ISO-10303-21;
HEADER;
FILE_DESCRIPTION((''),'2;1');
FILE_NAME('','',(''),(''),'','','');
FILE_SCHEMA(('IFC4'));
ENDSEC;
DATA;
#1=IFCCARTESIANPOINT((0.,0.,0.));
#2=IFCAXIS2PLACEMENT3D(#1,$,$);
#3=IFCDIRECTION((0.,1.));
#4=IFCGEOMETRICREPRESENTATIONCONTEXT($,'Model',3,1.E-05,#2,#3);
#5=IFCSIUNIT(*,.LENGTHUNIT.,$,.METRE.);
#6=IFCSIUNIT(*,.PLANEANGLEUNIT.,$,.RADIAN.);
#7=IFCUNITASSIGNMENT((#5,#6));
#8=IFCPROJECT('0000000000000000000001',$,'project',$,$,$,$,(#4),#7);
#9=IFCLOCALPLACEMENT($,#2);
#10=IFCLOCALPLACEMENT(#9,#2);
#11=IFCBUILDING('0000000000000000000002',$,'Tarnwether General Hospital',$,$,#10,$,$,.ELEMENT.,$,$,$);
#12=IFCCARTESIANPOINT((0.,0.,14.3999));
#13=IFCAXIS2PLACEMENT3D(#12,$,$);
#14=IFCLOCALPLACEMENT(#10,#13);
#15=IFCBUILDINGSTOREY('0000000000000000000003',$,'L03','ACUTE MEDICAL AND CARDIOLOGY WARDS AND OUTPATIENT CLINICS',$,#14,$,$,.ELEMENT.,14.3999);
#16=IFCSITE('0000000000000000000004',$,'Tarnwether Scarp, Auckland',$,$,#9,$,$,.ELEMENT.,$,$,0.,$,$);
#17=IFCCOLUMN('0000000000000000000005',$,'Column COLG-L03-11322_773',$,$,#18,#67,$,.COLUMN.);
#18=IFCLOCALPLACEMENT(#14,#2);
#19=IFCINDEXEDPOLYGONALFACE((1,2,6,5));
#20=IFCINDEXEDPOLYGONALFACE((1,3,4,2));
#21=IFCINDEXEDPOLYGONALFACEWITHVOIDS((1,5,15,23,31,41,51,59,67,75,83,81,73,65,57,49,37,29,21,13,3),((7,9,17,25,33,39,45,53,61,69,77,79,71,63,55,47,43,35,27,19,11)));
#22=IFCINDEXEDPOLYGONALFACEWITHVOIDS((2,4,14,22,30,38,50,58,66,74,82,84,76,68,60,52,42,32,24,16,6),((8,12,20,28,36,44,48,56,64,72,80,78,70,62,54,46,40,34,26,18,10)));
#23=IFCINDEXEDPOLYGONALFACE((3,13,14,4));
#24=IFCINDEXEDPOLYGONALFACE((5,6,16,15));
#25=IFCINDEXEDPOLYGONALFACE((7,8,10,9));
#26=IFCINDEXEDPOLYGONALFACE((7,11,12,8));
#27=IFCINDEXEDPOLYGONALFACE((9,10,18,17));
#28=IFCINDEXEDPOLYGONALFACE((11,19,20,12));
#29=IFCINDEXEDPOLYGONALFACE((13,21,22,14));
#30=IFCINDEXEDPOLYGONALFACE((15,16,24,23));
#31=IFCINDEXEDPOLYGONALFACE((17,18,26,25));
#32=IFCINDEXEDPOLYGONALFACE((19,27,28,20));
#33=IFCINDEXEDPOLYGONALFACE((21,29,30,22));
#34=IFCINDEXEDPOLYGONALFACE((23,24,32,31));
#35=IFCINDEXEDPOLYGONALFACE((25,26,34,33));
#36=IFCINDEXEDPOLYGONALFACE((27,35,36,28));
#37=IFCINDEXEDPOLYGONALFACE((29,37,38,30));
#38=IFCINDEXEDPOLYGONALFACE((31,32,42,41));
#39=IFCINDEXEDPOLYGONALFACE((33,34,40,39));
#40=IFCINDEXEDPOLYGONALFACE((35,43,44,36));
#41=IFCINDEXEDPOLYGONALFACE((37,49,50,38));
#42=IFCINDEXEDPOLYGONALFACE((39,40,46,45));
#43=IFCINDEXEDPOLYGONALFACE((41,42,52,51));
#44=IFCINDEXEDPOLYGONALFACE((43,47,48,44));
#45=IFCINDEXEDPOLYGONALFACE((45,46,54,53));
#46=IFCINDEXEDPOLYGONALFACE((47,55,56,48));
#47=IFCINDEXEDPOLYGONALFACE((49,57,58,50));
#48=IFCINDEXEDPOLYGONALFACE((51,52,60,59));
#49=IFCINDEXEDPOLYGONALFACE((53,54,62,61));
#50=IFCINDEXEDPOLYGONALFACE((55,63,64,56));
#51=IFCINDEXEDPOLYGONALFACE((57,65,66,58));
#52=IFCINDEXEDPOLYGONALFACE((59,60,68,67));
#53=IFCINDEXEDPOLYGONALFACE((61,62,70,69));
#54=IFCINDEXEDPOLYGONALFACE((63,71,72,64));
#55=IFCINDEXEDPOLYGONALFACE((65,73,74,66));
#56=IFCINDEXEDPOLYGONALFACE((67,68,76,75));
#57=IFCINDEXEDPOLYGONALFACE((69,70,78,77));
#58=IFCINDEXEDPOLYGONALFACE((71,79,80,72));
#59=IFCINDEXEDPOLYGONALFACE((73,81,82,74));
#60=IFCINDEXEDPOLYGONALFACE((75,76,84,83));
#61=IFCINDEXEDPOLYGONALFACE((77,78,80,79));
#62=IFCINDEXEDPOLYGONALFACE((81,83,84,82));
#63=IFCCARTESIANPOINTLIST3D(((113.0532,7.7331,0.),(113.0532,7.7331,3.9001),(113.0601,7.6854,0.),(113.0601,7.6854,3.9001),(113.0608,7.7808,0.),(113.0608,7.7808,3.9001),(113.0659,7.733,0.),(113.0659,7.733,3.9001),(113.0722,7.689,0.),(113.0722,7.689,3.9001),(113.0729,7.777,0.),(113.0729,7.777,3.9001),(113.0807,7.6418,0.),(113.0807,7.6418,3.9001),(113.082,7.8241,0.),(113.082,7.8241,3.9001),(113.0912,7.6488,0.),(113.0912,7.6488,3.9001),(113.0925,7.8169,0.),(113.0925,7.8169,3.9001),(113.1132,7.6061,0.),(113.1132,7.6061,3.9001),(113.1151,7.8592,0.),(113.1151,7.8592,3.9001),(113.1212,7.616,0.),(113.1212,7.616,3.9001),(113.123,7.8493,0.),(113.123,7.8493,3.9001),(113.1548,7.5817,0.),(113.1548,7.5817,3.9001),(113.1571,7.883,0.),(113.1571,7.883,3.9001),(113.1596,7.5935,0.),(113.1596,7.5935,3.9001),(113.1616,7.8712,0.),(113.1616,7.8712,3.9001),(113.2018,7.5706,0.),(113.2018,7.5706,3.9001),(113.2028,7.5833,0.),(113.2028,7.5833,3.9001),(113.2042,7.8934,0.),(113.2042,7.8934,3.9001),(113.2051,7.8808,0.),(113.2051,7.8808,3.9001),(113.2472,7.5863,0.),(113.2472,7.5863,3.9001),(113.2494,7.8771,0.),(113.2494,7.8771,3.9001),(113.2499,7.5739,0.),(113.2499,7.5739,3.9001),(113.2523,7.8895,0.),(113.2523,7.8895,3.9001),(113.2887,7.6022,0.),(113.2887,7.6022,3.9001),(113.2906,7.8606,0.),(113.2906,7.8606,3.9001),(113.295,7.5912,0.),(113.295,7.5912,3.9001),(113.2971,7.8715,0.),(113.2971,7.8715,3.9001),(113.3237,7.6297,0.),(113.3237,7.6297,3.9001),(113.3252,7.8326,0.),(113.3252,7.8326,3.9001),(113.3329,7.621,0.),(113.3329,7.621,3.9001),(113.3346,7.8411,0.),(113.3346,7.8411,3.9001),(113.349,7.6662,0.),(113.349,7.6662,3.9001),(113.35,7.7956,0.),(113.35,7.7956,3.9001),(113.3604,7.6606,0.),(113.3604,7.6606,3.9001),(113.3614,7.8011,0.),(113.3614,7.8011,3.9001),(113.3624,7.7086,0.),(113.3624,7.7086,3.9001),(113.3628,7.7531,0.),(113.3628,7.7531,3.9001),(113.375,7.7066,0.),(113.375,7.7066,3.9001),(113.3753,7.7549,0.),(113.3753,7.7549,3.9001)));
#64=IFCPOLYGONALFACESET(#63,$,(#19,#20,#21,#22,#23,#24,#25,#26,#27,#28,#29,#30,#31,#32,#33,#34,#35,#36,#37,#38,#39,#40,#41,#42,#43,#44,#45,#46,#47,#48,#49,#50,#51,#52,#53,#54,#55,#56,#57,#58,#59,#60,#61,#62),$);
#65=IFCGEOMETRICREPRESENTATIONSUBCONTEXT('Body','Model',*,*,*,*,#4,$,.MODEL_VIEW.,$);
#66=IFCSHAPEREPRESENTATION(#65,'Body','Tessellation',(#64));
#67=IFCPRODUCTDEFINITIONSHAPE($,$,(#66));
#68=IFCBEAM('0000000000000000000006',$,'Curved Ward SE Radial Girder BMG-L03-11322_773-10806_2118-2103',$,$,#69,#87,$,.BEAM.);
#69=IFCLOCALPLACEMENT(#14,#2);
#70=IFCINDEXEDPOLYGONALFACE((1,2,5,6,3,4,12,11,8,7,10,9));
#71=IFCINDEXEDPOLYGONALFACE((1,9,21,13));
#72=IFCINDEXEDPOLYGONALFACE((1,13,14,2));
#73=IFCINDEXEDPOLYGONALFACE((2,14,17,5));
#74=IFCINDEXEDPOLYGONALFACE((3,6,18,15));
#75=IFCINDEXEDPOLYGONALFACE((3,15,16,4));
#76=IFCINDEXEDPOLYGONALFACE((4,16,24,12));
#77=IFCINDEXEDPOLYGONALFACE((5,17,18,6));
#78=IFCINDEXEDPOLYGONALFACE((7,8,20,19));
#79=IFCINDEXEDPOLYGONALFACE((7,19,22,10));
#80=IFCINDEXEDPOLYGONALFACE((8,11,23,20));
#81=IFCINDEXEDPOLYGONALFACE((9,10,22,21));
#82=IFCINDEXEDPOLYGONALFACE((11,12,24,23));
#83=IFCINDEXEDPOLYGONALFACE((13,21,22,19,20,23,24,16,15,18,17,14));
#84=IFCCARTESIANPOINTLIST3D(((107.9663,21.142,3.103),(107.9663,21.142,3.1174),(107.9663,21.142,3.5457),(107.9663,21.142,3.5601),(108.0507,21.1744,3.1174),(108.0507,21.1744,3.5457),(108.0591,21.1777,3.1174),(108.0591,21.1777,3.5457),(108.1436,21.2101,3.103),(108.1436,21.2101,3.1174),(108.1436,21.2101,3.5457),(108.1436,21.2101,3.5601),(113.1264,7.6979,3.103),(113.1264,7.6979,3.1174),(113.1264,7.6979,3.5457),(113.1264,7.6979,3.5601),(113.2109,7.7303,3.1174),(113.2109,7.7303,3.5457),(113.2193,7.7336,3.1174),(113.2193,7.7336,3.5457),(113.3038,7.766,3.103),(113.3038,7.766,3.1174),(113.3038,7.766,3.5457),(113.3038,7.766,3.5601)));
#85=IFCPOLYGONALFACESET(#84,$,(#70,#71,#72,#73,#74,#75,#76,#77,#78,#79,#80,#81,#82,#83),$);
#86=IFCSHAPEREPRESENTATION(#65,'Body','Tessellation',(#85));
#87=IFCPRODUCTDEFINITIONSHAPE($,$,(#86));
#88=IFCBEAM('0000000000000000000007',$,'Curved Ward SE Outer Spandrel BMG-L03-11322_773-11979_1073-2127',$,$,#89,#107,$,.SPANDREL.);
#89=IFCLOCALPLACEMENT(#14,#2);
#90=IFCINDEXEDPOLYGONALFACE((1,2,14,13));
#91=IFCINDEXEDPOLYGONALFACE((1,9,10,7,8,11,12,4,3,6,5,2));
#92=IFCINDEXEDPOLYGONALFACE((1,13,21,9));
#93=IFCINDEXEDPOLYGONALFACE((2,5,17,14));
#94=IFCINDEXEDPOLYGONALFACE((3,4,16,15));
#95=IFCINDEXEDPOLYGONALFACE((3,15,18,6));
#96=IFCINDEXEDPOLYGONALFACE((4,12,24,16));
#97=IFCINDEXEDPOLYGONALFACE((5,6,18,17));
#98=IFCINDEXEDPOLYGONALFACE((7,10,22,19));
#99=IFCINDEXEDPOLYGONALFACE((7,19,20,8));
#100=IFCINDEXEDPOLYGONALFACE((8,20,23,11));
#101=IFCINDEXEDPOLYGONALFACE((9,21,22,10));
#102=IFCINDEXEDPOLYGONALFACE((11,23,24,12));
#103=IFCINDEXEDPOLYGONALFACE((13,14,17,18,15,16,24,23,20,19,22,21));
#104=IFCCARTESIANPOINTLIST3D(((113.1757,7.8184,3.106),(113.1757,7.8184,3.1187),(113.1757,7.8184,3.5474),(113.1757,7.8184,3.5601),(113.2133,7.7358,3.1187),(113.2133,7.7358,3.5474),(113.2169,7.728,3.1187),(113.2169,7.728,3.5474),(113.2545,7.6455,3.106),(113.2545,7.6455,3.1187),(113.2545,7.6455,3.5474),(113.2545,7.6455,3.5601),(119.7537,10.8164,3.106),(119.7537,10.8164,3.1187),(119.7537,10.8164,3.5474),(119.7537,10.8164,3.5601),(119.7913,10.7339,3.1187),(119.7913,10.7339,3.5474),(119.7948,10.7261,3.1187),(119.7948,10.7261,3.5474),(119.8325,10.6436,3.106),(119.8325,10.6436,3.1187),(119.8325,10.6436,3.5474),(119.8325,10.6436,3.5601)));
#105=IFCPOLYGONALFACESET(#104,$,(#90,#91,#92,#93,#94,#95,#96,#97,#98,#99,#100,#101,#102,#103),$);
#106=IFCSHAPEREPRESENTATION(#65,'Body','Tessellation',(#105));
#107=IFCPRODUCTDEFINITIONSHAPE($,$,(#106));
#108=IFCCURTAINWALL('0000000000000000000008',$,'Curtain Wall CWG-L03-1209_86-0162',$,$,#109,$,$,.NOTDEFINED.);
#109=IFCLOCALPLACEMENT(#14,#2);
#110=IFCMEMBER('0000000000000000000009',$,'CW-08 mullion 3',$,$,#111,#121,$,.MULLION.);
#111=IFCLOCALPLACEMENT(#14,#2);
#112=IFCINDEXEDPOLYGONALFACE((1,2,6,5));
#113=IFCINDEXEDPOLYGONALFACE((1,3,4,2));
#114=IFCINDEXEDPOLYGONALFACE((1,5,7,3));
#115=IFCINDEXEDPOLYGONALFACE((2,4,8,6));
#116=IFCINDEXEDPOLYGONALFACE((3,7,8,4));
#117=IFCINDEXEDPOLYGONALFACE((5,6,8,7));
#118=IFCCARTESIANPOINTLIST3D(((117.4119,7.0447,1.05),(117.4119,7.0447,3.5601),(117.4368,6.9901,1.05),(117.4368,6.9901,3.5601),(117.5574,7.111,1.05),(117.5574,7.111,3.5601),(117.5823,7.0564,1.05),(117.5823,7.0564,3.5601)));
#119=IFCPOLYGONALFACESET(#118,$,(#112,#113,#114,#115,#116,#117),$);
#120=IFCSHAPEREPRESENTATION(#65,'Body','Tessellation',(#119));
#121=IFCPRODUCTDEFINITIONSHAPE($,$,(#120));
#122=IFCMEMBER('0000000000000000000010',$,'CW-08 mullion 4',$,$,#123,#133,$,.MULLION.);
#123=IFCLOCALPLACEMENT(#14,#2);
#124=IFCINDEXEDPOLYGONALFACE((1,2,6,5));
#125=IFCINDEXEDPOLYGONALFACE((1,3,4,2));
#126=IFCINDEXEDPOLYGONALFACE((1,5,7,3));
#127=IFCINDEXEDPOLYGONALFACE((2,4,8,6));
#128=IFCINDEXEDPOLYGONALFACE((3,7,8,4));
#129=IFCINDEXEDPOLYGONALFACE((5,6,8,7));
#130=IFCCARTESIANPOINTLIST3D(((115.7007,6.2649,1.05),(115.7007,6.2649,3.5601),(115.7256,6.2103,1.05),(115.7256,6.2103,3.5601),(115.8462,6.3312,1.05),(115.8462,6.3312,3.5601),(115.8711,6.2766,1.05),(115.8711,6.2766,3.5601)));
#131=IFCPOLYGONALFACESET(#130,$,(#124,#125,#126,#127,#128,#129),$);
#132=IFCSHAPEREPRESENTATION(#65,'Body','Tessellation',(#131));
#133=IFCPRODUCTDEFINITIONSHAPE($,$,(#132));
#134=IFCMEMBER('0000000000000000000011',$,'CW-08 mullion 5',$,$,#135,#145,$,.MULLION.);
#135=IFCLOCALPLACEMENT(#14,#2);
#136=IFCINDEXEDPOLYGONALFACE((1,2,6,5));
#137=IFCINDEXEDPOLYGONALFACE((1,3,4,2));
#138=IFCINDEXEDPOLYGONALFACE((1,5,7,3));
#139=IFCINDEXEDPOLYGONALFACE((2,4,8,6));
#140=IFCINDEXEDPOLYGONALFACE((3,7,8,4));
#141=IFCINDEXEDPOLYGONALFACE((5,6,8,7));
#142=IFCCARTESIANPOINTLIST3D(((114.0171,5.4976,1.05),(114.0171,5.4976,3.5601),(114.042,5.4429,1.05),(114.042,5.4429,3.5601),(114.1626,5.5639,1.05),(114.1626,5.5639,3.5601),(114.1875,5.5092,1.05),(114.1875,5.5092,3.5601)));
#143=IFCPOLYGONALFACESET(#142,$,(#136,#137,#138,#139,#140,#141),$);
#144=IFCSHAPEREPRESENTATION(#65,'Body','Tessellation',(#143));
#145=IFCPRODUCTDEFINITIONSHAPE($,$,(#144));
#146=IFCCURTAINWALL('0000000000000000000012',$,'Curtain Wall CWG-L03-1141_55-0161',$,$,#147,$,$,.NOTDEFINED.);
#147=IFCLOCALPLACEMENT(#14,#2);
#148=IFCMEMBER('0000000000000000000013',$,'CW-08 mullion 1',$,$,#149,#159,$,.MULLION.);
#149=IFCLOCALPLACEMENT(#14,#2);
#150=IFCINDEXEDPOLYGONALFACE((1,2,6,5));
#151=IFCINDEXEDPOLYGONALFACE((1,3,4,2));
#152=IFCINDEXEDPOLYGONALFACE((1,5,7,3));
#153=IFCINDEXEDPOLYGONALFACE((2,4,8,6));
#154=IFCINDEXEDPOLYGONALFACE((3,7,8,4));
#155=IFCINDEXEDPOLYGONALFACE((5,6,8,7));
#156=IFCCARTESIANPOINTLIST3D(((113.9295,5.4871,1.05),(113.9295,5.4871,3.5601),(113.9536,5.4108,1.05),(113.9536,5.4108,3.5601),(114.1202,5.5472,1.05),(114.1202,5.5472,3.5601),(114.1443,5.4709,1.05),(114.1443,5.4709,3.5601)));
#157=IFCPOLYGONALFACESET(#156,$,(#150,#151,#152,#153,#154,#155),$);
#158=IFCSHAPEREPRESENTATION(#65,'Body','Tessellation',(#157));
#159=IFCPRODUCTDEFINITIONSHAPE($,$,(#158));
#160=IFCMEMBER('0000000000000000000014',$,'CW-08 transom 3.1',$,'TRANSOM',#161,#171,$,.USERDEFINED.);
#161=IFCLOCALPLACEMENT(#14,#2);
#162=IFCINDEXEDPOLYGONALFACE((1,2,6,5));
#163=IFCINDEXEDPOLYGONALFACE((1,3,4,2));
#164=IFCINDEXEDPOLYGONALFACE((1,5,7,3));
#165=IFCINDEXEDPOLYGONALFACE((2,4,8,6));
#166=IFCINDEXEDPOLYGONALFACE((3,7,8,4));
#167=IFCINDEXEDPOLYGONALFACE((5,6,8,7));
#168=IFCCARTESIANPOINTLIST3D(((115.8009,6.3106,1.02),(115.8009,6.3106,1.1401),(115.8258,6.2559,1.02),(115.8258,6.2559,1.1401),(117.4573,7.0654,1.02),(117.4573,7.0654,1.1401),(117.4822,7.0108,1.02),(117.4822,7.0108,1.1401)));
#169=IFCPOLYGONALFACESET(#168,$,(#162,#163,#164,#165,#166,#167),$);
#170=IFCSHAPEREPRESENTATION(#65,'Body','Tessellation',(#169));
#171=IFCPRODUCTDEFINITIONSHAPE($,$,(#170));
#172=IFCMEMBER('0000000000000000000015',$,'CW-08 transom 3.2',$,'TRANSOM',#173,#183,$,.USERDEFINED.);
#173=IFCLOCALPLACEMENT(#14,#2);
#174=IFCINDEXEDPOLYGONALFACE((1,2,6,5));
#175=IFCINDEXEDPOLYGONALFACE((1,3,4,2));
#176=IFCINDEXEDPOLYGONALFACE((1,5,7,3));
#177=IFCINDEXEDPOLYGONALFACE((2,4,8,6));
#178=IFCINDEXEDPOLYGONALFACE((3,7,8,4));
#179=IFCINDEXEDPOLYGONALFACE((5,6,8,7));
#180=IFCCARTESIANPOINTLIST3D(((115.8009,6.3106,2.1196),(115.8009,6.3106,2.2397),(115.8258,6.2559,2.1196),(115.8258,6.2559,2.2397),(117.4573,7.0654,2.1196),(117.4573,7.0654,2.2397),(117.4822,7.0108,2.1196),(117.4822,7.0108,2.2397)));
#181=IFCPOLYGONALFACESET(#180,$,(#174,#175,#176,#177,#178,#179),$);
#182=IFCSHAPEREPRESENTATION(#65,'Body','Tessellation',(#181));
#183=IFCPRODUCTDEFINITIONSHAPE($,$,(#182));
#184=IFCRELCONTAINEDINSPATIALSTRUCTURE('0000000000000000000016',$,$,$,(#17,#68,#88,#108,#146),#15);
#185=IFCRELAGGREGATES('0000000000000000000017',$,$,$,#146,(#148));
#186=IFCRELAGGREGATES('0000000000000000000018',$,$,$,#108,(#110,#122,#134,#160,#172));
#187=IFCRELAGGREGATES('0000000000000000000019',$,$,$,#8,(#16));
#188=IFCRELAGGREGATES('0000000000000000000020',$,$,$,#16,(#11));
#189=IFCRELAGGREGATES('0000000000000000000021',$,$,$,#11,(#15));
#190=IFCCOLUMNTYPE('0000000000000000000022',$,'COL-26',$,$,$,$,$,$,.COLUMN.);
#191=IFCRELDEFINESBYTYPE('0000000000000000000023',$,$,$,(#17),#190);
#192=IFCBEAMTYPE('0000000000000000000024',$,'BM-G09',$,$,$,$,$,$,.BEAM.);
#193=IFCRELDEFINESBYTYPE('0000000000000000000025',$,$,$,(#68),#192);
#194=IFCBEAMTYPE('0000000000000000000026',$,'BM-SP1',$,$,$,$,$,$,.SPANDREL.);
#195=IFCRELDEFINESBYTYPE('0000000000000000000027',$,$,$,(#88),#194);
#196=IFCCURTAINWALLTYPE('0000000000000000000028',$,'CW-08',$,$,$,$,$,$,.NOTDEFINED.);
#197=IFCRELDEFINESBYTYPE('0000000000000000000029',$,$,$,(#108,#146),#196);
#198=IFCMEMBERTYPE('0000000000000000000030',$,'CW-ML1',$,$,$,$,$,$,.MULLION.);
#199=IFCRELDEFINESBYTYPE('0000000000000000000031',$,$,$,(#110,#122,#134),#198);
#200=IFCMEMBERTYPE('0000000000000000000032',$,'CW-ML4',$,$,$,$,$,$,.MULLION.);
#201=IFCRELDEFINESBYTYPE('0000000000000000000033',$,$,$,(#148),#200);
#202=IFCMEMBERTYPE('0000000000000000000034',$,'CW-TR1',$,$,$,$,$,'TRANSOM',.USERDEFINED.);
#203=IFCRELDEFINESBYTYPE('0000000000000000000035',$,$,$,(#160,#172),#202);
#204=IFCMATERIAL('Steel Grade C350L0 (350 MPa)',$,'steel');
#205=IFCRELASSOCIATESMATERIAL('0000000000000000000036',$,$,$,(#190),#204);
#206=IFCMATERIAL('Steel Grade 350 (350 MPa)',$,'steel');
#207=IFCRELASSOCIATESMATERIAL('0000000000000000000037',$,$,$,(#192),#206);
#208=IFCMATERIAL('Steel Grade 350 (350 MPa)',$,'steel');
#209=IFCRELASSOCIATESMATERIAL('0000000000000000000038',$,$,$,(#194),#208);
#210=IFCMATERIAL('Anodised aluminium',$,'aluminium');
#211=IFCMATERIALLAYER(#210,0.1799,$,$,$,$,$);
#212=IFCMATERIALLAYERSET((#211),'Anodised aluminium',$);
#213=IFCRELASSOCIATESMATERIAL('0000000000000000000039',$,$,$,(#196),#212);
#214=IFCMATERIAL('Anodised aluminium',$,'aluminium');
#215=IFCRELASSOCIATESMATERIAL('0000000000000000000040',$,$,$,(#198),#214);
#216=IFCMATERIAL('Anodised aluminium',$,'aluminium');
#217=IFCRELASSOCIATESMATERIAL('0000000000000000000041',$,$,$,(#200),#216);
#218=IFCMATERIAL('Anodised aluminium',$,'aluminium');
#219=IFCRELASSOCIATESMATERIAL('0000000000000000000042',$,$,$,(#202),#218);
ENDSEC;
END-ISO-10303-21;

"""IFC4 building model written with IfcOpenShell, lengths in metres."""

from ifc_helpers import new_model, si_unit, direction, frame, origin, origin_2d, place, context, subcontext, project, spatial, rectangle, hollow_circle, i_section, extrude, material, layer, layer_set, material_profile, profile_set, type_object, element, aggregate, save


model = new_model("IFC4")

# Units and contexts
model_context = context("Model", 3, precision=1e-05, world=origin(), true_north=direction((0.0, 1.0)))
body_context = subcontext(model_context, "Body", "Model", "MODEL_VIEW")
ifc_project = project(units=[si_unit("LENGTHUNIT", "METRE"), si_unit("PLANEANGLEUNIT", "RADIAN")], contexts=[model_context])

# Site, building, storey
site_placement = place(None, origin())
site = spatial("IfcSite", under=ifc_project, at=site_placement, Name="Tarnwether Scarp, Auckland", CompositionType="ELEMENT", RefElevation=0.0)
building_placement = place(site_placement, origin())
building = spatial("IfcBuilding", under=site, at=building_placement, Name="Tarnwether General Hospital", CompositionType="ELEMENT")
storey_placement = place(building_placement, frame((0.0, 0.0, 14.3999)))
storey = spatial("IfcBuildingStorey", under=building, at=storey_placement, Name="L03", Description="ACUTE MEDICAL AND CARDIOLOGY WARDS AND OUTPATIENT CLINICS", CompositionType="ELEMENT", Elevation=14.3999)

# Column
ifc_material_1 = material(Name="Steel Grade C350L0 (350 MPa)", Category="steel")
ifc_material_profile_1 = material_profile(ifc_material_1, hollow_circle(Radius=0.1619, WallThickness=0.0127, at=origin_2d()), Name="CHS323.9x12.7")
ifc_profile_set_1 = profile_set([ifc_material_profile_1], Name="Steel Grade C350L0 (350 MPa)")
column_type = type_object("IfcColumnType", Name="COL-26", PredefinedType="COLUMN", material=ifc_profile_set_1)
column_placement = place(storey_placement, frame((113.2151, 7.7319, 0.0), z_axis=(0.0, 0.0, 1.0), x_axis=(-0.358368, 0.93358, 0.0)))
element("IfcColumn", 1, at=column_placement, inside=storey, type_object=column_type, Name="Column COLG-L03-11322_773", PredefinedType="COLUMN", context=body_context, shape_type="SweptSolid", body=[
    extrude(hollow_circle(Radius=0.1619, WallThickness=0.0127, at=origin_2d()), origin(), (0.0, 0.0, 1.0), 3.9001),
])

# Beams
ifc_material_2 = material(Name="Steel Grade 350 (350 MPa)", Category="steel")
ifc_material_profile_2 = material_profile(ifc_material_2, i_section(OverallWidth=0.1899, OverallDepth=0.457, WebThickness=0.009, FlangeThickness=0.0144, at=origin_2d()), Name="460UB74.6")
ifc_profile_set_2 = profile_set([ifc_material_profile_2], Name="Steel Grade 350 (350 MPa)")
beam_type_1 = type_object("IfcBeamType", Name="BM-G09", PredefinedType="BEAM", material=ifc_profile_set_2)
beam_1_placement = place(storey_placement, frame((113.2151, 7.7319, 3.3315), z_axis=(-0.358335, 0.933593, 0.0), x_axis=(-0.933593, -0.358335, 0.0)))
element("IfcBeam", 2, at=beam_1_placement, inside=storey, type_object=beam_type_1, Name="Curved Ward SE Radial Girder BMG-L03-11322_773-10806_2118-2103", PredefinedType="BEAM", context=body_context, shape_type="SweptSolid", body=[
    extrude(i_section(OverallWidth=0.1899, OverallDepth=0.457, WebThickness=0.009, FlangeThickness=0.0144, at=origin_2d()), origin(), (0.0, 0.0, 1.0), 14.4004),
])
ifc_material_3 = material(Name="Steel Grade 350 (350 MPa)", Category="steel")
ifc_material_profile_3 = material_profile(ifc_material_3, i_section(OverallWidth=0.1899, OverallDepth=0.4541, WebThickness=0.0085, FlangeThickness=0.0127, at=origin_2d()), Name="460UB67.1")
ifc_profile_set_3 = profile_set([ifc_material_profile_3], Name="Steel Grade 350 (350 MPa)")
beam_type_2 = type_object("IfcBeamType", Name="BM-SP1", PredefinedType="SPANDREL", material=ifc_profile_set_3)
beam_2_placement = place(storey_placement, frame((113.2151, 7.7319, 3.333), z_axis=(0.909944, 0.414731, 0.0), x_axis=(-0.414731, 0.909944, 0.0)))
element("IfcBeam", 3, at=beam_2_placement, inside=storey, type_object=beam_type_2, Name="Curved Ward SE Outer Spandrel BMG-L03-11322_773-11979_1073-2127", PredefinedType="SPANDREL", context=body_context, shape_type="SweptSolid", body=[
    extrude(i_section(OverallWidth=0.1899, OverallDepth=0.4541, WebThickness=0.0085, FlangeThickness=0.0127, at=origin_2d()), origin(), (0.0, 0.0, 1.0), 7.229),
])

# Curtain wall, members
ifc_material_4 = material(Name="Anodised aluminium", Category="aluminium")
ifc_layer_1 = layer(ifc_material_4, 0.1799)
ifc_layer_set_1 = layer_set([ifc_layer_1], Name="Anodised aluminium")
curtain_wall_type = type_object("IfcCurtainWallType", Name="CW-08", PredefinedType="NOTDEFINED", material=ifc_layer_set_1)
curtain_wall_1_placement = place(storey_placement, origin())
curtain_wall_1 = element("IfcCurtainWall", 4, at=curtain_wall_1_placement, inside=storey, type_object=curtain_wall_type, Name="Curtain Wall CWG-L03-1209_86-0162", PredefinedType="NOTDEFINED")
ifc_material_5 = material(Name="Anodised aluminium", Category="aluminium")
ifc_material_profile_4 = material_profile(ifc_material_5, rectangle(XDim=0.0601, YDim=0.1599, at=origin_2d()), Name="ALU-MUL-60x160")
ifc_profile_set_4 = profile_set([ifc_material_profile_4], Name="Anodised aluminium")
member_type_1 = type_object("IfcMemberType", Name="CW-ML1", PredefinedType="MULLION", material=ifc_profile_set_4)
member_1_placement = place(storey_placement, frame((117.4971, 7.0505, 1.05), z_axis=(0.0, 0.0, 1.0), x_axis=(0.414694, -0.909961, 0.0)))
member_1 = element("IfcMember", 5, at=member_1_placement, type_object=member_type_1, Name="CW-08 mullion 3", PredefinedType="MULLION", context=body_context, shape_type="SweptSolid", body=[
    extrude(rectangle(XDim=0.0601, YDim=0.1599, at=origin_2d()), origin(), (0.0, 0.0, 1.0), 2.51),
])
member_2_placement = place(storey_placement, frame((115.7859, 6.2708, 1.05), z_axis=(0.0, 0.0, 1.0), x_axis=(0.414694, -0.909961, 0.0)))
member_2 = element("IfcMember", 6, at=member_2_placement, type_object=member_type_1, Name="CW-08 mullion 4", PredefinedType="MULLION", context=body_context, shape_type="SweptSolid", body=[
    extrude(rectangle(XDim=0.0601, YDim=0.1599, at=origin_2d()), origin(), (0.0, 0.0, 1.0), 2.51),
])
member_3_placement = place(storey_placement, frame((114.1023, 5.5034, 1.05), z_axis=(0.0, 0.0, 1.0), x_axis=(0.414694, -0.909961, 0.0)))
member_3 = element("IfcMember", 7, at=member_3_placement, type_object=member_type_1, Name="CW-08 mullion 5", PredefinedType="MULLION", context=body_context, shape_type="SweptSolid", body=[
    extrude(rectangle(XDim=0.0601, YDim=0.1599, at=origin_2d()), origin(), (0.0, 0.0, 1.0), 2.51),
])

# Curtain wall, member
curtain_wall_2_placement = place(storey_placement, origin())
curtain_wall_2 = element("IfcCurtainWall", 8, at=curtain_wall_2_placement, inside=storey, type_object=curtain_wall_type, Name="Curtain Wall CWG-L03-1141_55-0161", PredefinedType="NOTDEFINED")
ifc_material_6 = material(Name="Anodised aluminium", Category="aluminium")
ifc_material_profile_5 = material_profile(ifc_material_6, rectangle(XDim=0.0801, YDim=0.2, at=origin_2d()), Name="ALU-MUL-80x200")
ifc_profile_set_5 = profile_set([ifc_material_profile_5], Name="Anodised aluminium")
member_type_2 = type_object("IfcMemberType", Name="CW-ML4", PredefinedType="MULLION", material=ifc_profile_set_5)
member_4_placement = place(storey_placement, frame((114.0369, 5.479, 1.05), z_axis=(0.0, 0.0, 1.0), x_axis=(0.300629, -0.953741, 0.0)))
member_4 = element("IfcMember", 9, at=member_4_placement, type_object=member_type_2, Name="CW-08 mullion 1", PredefinedType="MULLION", context=body_context, shape_type="SweptSolid", body=[
    extrude(rectangle(XDim=0.0801, YDim=0.2, at=origin_2d()), origin(), (0.0, 0.0, 1.0), 2.51),
])

# Members
ifc_material_7 = material(Name="Anodised aluminium", Category="aluminium")
ifc_material_profile_6 = material_profile(ifc_material_7, rectangle(XDim=0.0601, YDim=0.1201, at=origin_2d()), Name="ALU-TRN-60x120")
ifc_profile_set_6 = profile_set([ifc_material_profile_6], Name="Anodised aluminium")
member_type_3 = type_object("IfcMemberType", Name="CW-TR1", ElementType="TRANSOM", PredefinedType="USERDEFINED", material=ifc_profile_set_6)
member_5_placement = place(storey_placement, frame((117.4697, 7.0381, 1.0801), z_axis=(-0.909966, -0.414682, 0.0), x_axis=(0.414682, -0.909966, 0.0)))
member_5 = element("IfcMember", 10, at=member_5_placement, type_object=member_type_3, Name="CW-08 transom 3.1", ObjectType="TRANSOM", PredefinedType="USERDEFINED", context=body_context, shape_type="SweptSolid", body=[
    extrude(rectangle(XDim=0.0601, YDim=0.1201, at=origin_2d()), origin(), (0.0, 0.0, 1.0), 1.8203),
])
member_6_placement = place(storey_placement, frame((117.4697, 7.0381, 2.1797), z_axis=(-0.909966, -0.414682, 0.0), x_axis=(0.414682, -0.909966, 0.0)))
member_6 = element("IfcMember", 11, at=member_6_placement, type_object=member_type_3, Name="CW-08 transom 3.2", ObjectType="TRANSOM", PredefinedType="USERDEFINED", context=body_context, shape_type="SweptSolid", body=[
    extrude(rectangle(XDim=0.0601, YDim=0.1201, at=origin_2d()), origin(), (0.0, 0.0, 1.0), 1.8203),
])

aggregate(curtain_wall_2, [member_4])
aggregate(curtain_wall_1, [member_1, member_2, member_3, member_5, member_6])

save(model, "model.ifc")
